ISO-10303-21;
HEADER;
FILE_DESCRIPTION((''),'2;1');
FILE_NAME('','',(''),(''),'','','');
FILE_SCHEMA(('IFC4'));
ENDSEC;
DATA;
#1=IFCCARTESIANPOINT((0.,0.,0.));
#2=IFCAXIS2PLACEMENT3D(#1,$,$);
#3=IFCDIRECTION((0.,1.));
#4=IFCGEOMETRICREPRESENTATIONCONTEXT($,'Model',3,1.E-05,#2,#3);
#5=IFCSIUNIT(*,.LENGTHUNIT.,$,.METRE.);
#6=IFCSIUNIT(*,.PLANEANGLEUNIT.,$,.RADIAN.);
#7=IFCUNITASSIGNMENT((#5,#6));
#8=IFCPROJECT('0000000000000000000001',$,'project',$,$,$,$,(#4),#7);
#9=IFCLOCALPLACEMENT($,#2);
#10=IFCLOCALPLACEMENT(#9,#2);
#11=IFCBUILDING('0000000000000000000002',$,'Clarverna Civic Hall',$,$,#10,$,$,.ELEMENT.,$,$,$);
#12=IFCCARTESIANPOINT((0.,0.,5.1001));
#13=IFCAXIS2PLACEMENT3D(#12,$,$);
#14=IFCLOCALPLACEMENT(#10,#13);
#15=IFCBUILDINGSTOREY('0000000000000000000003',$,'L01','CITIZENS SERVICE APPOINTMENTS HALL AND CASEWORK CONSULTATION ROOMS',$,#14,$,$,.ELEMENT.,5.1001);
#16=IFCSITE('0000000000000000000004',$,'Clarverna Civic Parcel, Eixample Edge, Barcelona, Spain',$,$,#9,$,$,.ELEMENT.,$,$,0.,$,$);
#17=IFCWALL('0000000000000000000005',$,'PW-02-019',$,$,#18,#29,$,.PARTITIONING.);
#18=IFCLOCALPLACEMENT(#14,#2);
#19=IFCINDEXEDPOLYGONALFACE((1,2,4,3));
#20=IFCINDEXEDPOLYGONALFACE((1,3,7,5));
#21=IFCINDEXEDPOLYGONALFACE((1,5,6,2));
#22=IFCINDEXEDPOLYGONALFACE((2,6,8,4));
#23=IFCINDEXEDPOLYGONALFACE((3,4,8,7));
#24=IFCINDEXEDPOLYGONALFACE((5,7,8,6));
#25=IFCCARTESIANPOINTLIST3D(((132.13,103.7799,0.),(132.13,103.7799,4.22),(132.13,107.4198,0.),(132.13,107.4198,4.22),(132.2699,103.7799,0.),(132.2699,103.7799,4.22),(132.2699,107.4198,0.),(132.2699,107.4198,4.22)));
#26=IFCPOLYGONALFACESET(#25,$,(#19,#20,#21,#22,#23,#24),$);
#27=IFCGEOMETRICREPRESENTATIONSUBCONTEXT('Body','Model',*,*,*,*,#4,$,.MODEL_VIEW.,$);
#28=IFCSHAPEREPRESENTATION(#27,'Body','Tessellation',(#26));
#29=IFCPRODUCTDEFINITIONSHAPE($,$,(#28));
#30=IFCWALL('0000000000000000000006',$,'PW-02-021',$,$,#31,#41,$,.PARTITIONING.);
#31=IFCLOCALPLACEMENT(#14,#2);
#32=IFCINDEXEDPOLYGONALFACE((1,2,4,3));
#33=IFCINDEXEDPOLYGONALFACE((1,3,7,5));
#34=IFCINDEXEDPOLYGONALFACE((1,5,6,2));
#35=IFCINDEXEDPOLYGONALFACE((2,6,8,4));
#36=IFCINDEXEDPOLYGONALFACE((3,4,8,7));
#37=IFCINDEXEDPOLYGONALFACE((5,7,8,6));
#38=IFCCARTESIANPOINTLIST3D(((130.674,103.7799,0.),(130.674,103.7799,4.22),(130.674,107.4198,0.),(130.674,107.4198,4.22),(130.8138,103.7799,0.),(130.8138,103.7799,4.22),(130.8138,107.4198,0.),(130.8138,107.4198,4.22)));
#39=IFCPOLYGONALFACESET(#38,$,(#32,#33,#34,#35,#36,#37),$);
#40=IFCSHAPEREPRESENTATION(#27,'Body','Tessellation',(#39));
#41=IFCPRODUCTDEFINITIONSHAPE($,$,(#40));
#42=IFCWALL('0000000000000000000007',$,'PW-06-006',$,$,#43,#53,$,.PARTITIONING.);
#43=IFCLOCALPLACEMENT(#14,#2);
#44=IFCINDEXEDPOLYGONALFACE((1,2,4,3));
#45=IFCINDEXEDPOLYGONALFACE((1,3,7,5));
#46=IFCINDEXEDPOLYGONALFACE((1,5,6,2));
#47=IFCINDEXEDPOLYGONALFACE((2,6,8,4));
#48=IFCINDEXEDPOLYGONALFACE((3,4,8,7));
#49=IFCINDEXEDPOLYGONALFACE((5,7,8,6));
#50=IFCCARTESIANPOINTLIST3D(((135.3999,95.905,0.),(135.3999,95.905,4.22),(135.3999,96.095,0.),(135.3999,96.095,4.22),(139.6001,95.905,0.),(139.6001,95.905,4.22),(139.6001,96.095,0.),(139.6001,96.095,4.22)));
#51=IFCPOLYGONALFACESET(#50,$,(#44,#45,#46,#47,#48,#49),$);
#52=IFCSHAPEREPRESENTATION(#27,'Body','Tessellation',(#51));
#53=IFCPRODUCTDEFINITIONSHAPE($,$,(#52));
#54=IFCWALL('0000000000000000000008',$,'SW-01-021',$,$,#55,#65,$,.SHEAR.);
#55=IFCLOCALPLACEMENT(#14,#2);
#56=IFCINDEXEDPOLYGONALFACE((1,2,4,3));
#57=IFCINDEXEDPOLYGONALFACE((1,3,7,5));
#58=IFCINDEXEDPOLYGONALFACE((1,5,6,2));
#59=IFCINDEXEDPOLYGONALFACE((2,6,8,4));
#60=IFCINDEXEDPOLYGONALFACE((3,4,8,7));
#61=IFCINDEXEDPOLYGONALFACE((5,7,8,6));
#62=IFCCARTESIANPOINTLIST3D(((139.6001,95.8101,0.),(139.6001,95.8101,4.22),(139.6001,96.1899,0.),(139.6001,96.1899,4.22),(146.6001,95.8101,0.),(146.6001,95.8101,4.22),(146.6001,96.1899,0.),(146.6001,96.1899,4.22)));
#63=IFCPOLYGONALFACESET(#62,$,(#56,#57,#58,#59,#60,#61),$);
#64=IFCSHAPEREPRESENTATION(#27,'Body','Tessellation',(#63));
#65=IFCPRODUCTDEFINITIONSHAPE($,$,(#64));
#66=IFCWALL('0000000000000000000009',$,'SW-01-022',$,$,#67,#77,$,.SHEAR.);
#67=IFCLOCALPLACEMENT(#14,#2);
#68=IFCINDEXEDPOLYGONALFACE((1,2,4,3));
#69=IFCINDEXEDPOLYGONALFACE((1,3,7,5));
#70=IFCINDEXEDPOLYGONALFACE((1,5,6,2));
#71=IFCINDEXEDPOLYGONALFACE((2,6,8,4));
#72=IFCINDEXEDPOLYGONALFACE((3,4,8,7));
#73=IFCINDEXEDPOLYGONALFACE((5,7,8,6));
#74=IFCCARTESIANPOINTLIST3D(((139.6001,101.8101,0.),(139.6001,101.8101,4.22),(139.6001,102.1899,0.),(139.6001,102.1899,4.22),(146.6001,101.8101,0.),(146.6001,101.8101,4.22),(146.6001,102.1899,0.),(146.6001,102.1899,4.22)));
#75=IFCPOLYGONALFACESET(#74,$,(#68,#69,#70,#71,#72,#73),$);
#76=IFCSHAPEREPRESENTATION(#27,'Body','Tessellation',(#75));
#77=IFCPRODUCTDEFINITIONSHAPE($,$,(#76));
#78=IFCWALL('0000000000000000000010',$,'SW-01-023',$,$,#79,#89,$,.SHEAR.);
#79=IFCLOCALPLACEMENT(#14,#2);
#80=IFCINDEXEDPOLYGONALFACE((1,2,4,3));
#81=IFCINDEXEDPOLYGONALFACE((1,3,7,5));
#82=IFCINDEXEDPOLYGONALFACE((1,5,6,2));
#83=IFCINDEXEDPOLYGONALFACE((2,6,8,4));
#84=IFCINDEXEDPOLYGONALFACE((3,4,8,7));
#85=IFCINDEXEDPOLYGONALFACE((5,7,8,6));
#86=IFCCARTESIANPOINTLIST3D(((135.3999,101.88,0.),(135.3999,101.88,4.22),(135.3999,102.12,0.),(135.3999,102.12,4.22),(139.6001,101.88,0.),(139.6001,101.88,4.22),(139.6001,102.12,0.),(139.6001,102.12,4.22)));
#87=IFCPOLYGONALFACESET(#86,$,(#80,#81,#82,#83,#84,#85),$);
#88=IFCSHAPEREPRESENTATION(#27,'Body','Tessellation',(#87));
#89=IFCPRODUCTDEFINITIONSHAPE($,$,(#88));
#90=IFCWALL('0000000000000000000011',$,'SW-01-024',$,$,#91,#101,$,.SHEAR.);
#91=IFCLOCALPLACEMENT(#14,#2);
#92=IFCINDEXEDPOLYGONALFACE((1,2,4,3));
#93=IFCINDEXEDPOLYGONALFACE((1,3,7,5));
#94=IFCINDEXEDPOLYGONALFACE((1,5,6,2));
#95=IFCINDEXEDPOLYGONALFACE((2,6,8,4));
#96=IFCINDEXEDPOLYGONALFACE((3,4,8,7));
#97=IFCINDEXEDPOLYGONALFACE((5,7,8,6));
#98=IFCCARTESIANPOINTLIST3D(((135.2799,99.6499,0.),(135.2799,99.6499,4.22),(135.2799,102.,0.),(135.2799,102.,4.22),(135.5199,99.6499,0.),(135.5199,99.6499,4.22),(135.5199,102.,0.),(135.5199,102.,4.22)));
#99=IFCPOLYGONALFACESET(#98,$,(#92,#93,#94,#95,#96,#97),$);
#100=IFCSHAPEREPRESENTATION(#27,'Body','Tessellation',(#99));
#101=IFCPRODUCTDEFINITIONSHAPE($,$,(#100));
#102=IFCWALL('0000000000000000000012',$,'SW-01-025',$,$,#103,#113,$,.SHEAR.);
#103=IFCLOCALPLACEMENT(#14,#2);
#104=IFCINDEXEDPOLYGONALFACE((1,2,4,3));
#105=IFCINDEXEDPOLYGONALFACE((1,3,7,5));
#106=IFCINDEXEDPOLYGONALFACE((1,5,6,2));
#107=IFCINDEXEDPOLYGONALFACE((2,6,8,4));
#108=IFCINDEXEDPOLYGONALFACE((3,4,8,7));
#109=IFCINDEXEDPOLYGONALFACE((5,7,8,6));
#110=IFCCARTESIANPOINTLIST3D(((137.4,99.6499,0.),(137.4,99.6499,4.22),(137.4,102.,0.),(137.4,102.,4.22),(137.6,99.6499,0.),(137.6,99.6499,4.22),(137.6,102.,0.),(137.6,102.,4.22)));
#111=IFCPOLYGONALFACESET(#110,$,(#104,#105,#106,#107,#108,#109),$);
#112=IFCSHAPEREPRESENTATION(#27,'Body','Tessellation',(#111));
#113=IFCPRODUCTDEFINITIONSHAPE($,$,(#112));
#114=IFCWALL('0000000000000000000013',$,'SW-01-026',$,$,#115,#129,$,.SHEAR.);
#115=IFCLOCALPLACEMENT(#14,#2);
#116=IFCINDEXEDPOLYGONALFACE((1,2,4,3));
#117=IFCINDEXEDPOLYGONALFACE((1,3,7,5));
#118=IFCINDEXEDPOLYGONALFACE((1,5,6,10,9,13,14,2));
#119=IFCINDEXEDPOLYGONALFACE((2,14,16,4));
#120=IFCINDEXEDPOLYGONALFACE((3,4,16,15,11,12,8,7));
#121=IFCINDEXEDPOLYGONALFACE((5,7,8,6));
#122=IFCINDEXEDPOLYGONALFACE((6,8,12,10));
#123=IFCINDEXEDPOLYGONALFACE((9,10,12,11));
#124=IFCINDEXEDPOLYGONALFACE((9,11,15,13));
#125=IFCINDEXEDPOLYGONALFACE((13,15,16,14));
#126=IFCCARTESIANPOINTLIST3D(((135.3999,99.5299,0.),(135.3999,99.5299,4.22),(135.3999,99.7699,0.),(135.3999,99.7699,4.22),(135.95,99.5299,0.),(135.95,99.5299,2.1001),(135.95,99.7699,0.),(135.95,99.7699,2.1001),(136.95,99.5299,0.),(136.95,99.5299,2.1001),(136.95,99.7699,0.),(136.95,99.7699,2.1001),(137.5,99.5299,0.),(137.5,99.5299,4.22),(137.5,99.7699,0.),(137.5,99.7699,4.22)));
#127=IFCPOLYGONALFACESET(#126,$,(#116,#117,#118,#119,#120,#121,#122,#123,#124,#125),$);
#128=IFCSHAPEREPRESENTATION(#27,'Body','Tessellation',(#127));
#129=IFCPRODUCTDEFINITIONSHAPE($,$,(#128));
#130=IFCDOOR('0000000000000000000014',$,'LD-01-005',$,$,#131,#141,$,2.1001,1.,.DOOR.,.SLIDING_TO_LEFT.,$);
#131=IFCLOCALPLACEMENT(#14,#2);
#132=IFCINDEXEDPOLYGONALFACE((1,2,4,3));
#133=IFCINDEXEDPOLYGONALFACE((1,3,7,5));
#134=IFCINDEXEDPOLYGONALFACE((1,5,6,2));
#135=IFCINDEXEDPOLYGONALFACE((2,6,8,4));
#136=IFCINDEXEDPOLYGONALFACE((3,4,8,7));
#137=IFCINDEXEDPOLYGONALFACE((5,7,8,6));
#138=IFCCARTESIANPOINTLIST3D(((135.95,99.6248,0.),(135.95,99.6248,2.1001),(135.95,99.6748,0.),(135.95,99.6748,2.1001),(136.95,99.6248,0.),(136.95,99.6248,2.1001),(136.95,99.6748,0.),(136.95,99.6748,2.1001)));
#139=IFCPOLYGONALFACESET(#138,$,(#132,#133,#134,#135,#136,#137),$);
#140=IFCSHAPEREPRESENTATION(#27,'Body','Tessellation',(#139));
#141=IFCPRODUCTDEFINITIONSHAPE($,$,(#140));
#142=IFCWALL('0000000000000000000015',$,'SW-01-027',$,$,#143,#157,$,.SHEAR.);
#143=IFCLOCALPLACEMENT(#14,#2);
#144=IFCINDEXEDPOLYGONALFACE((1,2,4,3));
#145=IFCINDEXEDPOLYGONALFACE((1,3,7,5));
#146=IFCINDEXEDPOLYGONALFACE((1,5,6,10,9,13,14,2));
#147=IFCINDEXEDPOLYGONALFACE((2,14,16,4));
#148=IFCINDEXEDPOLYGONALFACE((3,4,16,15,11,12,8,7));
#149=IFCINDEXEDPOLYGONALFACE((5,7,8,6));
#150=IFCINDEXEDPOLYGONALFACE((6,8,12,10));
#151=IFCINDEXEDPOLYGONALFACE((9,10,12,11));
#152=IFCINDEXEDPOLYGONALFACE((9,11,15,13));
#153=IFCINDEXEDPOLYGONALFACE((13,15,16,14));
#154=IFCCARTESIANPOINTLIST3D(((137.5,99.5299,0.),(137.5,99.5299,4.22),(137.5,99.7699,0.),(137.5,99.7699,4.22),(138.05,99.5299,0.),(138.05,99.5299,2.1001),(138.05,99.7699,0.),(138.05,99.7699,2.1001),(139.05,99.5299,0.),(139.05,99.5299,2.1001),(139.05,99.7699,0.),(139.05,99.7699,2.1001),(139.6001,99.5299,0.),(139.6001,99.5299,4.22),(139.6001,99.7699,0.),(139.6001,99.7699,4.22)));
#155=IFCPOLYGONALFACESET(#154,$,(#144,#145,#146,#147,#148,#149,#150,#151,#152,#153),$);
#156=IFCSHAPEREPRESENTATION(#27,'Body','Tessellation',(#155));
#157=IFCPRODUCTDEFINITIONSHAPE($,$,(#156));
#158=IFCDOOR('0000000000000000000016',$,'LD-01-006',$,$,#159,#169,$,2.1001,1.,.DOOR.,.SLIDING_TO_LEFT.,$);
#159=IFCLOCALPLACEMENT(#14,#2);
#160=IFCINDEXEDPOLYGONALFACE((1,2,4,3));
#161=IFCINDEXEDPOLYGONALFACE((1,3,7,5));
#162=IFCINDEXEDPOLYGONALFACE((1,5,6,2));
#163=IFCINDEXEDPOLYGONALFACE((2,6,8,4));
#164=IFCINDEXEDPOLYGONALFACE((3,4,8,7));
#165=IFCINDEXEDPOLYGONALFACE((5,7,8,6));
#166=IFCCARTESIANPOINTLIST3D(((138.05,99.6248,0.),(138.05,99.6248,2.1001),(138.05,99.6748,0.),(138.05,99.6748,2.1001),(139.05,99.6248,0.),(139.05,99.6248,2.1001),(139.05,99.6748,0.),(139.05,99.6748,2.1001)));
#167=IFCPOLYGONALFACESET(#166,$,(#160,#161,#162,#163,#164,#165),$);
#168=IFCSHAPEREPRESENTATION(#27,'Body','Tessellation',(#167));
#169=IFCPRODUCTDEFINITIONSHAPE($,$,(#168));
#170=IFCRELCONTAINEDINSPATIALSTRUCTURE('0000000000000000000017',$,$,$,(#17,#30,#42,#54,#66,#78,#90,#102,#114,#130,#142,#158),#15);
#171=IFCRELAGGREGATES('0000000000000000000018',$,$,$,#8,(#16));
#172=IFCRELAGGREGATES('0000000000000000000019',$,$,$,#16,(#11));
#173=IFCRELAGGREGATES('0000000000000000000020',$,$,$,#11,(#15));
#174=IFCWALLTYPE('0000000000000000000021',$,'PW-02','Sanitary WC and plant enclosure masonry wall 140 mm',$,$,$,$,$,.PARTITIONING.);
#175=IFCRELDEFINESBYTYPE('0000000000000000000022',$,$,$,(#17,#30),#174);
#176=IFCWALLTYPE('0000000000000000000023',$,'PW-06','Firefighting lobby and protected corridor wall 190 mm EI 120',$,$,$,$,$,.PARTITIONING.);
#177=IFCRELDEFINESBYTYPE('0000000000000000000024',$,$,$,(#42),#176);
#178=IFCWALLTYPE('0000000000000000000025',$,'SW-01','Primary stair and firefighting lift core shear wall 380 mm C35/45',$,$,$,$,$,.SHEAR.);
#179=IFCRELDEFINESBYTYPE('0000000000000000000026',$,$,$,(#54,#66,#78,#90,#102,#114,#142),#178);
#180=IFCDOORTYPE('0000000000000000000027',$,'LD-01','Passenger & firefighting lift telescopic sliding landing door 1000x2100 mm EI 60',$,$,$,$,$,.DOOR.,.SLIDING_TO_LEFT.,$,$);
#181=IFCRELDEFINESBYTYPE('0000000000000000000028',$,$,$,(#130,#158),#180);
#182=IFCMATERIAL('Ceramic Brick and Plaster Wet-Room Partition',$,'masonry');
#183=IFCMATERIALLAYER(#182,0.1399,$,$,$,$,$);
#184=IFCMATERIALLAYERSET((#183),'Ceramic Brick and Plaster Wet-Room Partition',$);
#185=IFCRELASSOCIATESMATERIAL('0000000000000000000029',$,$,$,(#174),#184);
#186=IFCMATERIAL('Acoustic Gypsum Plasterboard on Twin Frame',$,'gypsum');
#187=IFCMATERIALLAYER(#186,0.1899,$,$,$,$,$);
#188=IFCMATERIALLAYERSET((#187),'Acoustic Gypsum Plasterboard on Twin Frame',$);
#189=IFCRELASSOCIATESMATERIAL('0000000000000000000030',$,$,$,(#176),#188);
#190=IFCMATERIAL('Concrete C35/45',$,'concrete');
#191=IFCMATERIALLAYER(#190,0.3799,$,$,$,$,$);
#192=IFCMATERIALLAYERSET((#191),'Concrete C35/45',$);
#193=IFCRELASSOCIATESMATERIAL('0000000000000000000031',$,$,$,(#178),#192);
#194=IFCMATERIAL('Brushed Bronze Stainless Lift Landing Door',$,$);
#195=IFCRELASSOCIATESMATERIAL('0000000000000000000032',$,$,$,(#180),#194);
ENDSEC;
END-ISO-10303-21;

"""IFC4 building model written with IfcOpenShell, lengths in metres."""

from ifc_helpers import new_model, si_unit, direction, frame, frame_2d, origin, place, context, subcontext, project, spatial, rectangle, extrude, material, layer, layer_set, type_object, element, fill, save


model = new_model("IFC4")

# Units and contexts
model_context = context("Model", 3, precision=1e-05, world=origin(), true_north=direction((0.0, 1.0)))
body_context = subcontext(model_context, "Body", "Model", "MODEL_VIEW")
ifc_project = project(units=[si_unit("LENGTHUNIT", "METRE"), si_unit("PLANEANGLEUNIT", "RADIAN")], contexts=[model_context])

# Site, building, storey
site_placement = place(None, origin())
site = spatial("IfcSite", under=ifc_project, at=site_placement, Name="Clarverna Civic Parcel, Eixample Edge, Barcelona, Spain", CompositionType="ELEMENT", RefElevation=0.0)
building_placement = place(site_placement, origin())
building = spatial("IfcBuilding", under=site, at=building_placement, Name="Clarverna Civic Hall", CompositionType="ELEMENT")
storey_placement = place(building_placement, frame((0.0, 0.0, 5.1001)))
storey = spatial("IfcBuildingStorey", under=building, at=storey_placement, Name="L01", Description="CITIZENS SERVICE APPOINTMENTS HALL AND CASEWORK CONSULTATION ROOMS", CompositionType="ELEMENT", Elevation=5.1001)

# Walls
ifc_material_1 = material(Name="Ceramic Brick and Plaster Wet-Room Partition", Category="masonry")
ifc_layer_1 = layer(ifc_material_1, 0.1399)
ifc_layer_set_1 = layer_set([ifc_layer_1], Name="Ceramic Brick and Plaster Wet-Room Partition")
wall_type_1 = type_object("IfcWallType", Name="PW-02", Description="Sanitary WC and plant enclosure masonry wall 140 mm", PredefinedType="PARTITIONING", material=ifc_layer_set_1)
for number, where, z_axis, x_axis, name in (
    (1, (132.2, 103.78, 0.0), (0.0, 0.0, 1.0), (0.0, 1.0, 0.0), "PW-02-019"),
    (2, (130.7439, 103.78, 0.0), (0.0, 0.0, 1.0), (0.0, 1.0, 0.0), "PW-02-021"),
):
    element("IfcWall", number, at=place(storey_placement, frame(where, z_axis=z_axis, x_axis=x_axis)), inside=storey, type_object=wall_type_1, Name=name, PredefinedType="PARTITIONING", context=body_context, shape_type="SweptSolid", body=[
        extrude(rectangle(XDim=3.6399, YDim=0.1399, at=frame_2d((1.8198, 0.0))), origin(), (0.0, 0.0, 1.0), 4.22),
    ])

# Shared definitions
ifc_material_2 = material(Name="Acoustic Gypsum Plasterboard on Twin Frame", Category="gypsum")
ifc_layer_2 = layer(ifc_material_2, 0.1899)
ifc_layer_set_2 = layer_set([ifc_layer_2], Name="Acoustic Gypsum Plasterboard on Twin Frame")
wall_type_2 = type_object("IfcWallType", Name="PW-06", Description="Firefighting lobby and protected corridor wall 190 mm EI 120", PredefinedType="PARTITIONING", material=ifc_layer_set_2)

# Wall
wall_1_placement = place(storey_placement, frame((135.3999, 96.0, 0.0), z_axis=(0.0, 0.0, 1.0), x_axis=(1.0, 0.0, 0.0)))
element("IfcWall", 3, at=wall_1_placement, inside=storey, type_object=wall_type_2, Name="PW-06-006", PredefinedType="PARTITIONING", context=body_context, shape_type="SweptSolid", body=[
    extrude(rectangle(XDim=4.2002, YDim=0.1899, at=frame_2d((2.1001, 0.0))), origin(), (0.0, 0.0, 1.0), 4.22),
])

# Shared definitions
ifc_material_3 = material(Name="Concrete C35/45", Category="concrete")
ifc_layer_3 = layer(ifc_material_3, 0.3799)
ifc_layer_set_3 = layer_set([ifc_layer_3], Name="Concrete C35/45")
wall_type_3 = type_object("IfcWallType", Name="SW-01", Description="Primary stair and firefighting lift core shear wall 380 mm C35/45", PredefinedType="SHEAR", material=ifc_layer_set_3)

# Walls
for number, where, z_axis, x_axis, name in (
    (4, (139.6001, 96.0, 0.0), (0.0, 0.0, 1.0), (1.0, 0.0, 0.0), "SW-01-021"),
    (5, (139.6001, 102.0, 0.0), (0.0, 0.0, 1.0), (1.0, 0.0, 0.0), "SW-01-022"),
):
    element("IfcWall", number, at=place(storey_placement, frame(where, z_axis=z_axis, x_axis=x_axis)), inside=storey, type_object=wall_type_3, Name=name, PredefinedType="SHEAR", context=body_context, shape_type="SweptSolid", body=[
        extrude(rectangle(XDim=7.0, YDim=0.3799, at=frame_2d((3.5, 0.0))), origin(), (0.0, 0.0, 1.0), 4.22),
    ])
wall_2_placement = place(storey_placement, frame((135.3999, 102.0, 0.0), z_axis=(0.0, 0.0, 1.0), x_axis=(1.0, 0.0, 0.0)))
element("IfcWall", 6, at=wall_2_placement, inside=storey, type_object=wall_type_3, Name="SW-01-023", PredefinedType="SHEAR", context=body_context, shape_type="SweptSolid", body=[
    extrude(rectangle(XDim=4.2002, YDim=0.24, at=frame_2d((2.1001, 0.0))), origin(), (0.0, 0.0, 1.0), 4.22),
])
wall_3_placement = place(storey_placement, frame((135.3999, 99.6499, 0.0), z_axis=(0.0, 0.0, 1.0), x_axis=(0.0, 1.0, 0.0)))
element("IfcWall", 7, at=wall_3_placement, inside=storey, type_object=wall_type_3, Name="SW-01-024", PredefinedType="SHEAR", context=body_context, shape_type="SweptSolid", body=[
    extrude(rectangle(XDim=2.3501, YDim=0.24, at=frame_2d((1.175, 0.0))), origin(), (0.0, 0.0, 1.0), 4.22),
])
wall_4_placement = place(storey_placement, frame((137.5, 99.6499, 0.0), z_axis=(0.0, 0.0, 1.0), x_axis=(0.0, 1.0, 0.0)))
element("IfcWall", 8, at=wall_4_placement, inside=storey, type_object=wall_type_3, Name="SW-01-025", PredefinedType="SHEAR", context=body_context, shape_type="SweptSolid", body=[
    extrude(rectangle(XDim=2.3501, YDim=0.2, at=frame_2d((1.175, 0.0))), origin(), (0.0, 0.0, 1.0), 4.22),
])

# Walls, openings, doors
wall_5_placement = place(storey_placement, frame((135.3999, 99.6499, 0.0), z_axis=(0.0, 0.0, 1.0), x_axis=(1.0, 0.0, 0.0)))
wall_5 = element("IfcWall", 9, at=wall_5_placement, inside=storey, type_object=wall_type_3, Name="SW-01-026", PredefinedType="SHEAR", context=body_context, shape_type="SweptSolid", body=[
    extrude(rectangle(XDim=2.1001, YDim=0.24, at=frame_2d((1.05, 0.0))), origin(), (0.0, 0.0, 1.0), 4.22),
])
opening_1_placement = place(wall_5_placement, frame((0.55, 0.0, 0.0)))
opening_1 = element("IfcOpeningElement", 10, at=opening_1_placement, cuts=wall_5, PredefinedType="OPENING", context=body_context, shape_type="SweptSolid", body=[
    extrude(rectangle(XDim=1.0, YDim=2.1001, at=frame_2d((0.5, 1.05))), frame((0.0, 0.1299, 0.0), z_axis=(0.0, -1.0, 0.0), x_axis=(1.0, 0.0, 0.0)), (0.0, 0.0, 1.0), 0.26),
])
ifc_material_4 = material(Name="Brushed Bronze Stainless Lift Landing Door")
door_type_1 = type_object("IfcDoorType", Name="LD-01", Description="Passenger & firefighting lift telescopic sliding landing door 1000x2100 mm EI 60", OperationType="SLIDING_TO_LEFT", PredefinedType="DOOR", material=ifc_material_4)
door_1_placement = place(opening_1_placement, origin())
door_1 = element("IfcDoor", 11, at=door_1_placement, inside=storey, type_object=door_type_1, Name="LD-01-005", OperationType="SLIDING_TO_LEFT", OverallHeight=2.1001, OverallWidth=1.0, PredefinedType="DOOR", context=body_context, shape_type="SweptSolid", body=[
    extrude(rectangle(XDim=1.0, YDim=2.1001, at=frame_2d((0.5, 1.05))), frame((0.0, 0.0249, 0.0), z_axis=(0.0, -1.0, 0.0), x_axis=(1.0, 0.0, 0.0)), (0.0, 0.0, 1.0), 0.05),
])
fill(opening_1, door_1)
wall_6_placement = place(storey_placement, frame((137.5, 99.6499, 0.0), z_axis=(0.0, 0.0, 1.0), x_axis=(1.0, 0.0, 0.0)))
wall_6 = element("IfcWall", 12, at=wall_6_placement, inside=storey, type_object=wall_type_3, Name="SW-01-027", PredefinedType="SHEAR", context=body_context, shape_type="SweptSolid", body=[
    extrude(rectangle(XDim=2.1001, YDim=0.24, at=frame_2d((1.05, 0.0))), origin(), (0.0, 0.0, 1.0), 4.22),
])
opening_2_placement = place(wall_6_placement, frame((0.55, 0.0, 0.0)))
opening_2 = element("IfcOpeningElement", 13, at=opening_2_placement, cuts=wall_6, PredefinedType="OPENING", context=body_context, shape_type="SweptSolid", body=[
    extrude(rectangle(XDim=1.0, YDim=2.1001, at=frame_2d((0.5, 1.05))), frame((0.0, 0.1299, 0.0), z_axis=(0.0, -1.0, 0.0), x_axis=(1.0, 0.0, 0.0)), (0.0, 0.0, 1.0), 0.26),
])
door_2_placement = place(opening_2_placement, origin())
door_2 = element("IfcDoor", 14, at=door_2_placement, inside=storey, type_object=door_type_1, Name="LD-01-006", OperationType="SLIDING_TO_LEFT", OverallHeight=2.1001, OverallWidth=1.0, PredefinedType="DOOR", context=body_context, shape_type="SweptSolid", body=[
    extrude(rectangle(XDim=1.0, YDim=2.1001, at=frame_2d((0.5, 1.05))), frame((0.0, 0.0249, 0.0), z_axis=(0.0, -1.0, 0.0), x_axis=(1.0, 0.0, 0.0)), (0.0, 0.0, 1.0), 0.05),
])
fill(opening_2, door_2)

save(model, "model.ifc")
